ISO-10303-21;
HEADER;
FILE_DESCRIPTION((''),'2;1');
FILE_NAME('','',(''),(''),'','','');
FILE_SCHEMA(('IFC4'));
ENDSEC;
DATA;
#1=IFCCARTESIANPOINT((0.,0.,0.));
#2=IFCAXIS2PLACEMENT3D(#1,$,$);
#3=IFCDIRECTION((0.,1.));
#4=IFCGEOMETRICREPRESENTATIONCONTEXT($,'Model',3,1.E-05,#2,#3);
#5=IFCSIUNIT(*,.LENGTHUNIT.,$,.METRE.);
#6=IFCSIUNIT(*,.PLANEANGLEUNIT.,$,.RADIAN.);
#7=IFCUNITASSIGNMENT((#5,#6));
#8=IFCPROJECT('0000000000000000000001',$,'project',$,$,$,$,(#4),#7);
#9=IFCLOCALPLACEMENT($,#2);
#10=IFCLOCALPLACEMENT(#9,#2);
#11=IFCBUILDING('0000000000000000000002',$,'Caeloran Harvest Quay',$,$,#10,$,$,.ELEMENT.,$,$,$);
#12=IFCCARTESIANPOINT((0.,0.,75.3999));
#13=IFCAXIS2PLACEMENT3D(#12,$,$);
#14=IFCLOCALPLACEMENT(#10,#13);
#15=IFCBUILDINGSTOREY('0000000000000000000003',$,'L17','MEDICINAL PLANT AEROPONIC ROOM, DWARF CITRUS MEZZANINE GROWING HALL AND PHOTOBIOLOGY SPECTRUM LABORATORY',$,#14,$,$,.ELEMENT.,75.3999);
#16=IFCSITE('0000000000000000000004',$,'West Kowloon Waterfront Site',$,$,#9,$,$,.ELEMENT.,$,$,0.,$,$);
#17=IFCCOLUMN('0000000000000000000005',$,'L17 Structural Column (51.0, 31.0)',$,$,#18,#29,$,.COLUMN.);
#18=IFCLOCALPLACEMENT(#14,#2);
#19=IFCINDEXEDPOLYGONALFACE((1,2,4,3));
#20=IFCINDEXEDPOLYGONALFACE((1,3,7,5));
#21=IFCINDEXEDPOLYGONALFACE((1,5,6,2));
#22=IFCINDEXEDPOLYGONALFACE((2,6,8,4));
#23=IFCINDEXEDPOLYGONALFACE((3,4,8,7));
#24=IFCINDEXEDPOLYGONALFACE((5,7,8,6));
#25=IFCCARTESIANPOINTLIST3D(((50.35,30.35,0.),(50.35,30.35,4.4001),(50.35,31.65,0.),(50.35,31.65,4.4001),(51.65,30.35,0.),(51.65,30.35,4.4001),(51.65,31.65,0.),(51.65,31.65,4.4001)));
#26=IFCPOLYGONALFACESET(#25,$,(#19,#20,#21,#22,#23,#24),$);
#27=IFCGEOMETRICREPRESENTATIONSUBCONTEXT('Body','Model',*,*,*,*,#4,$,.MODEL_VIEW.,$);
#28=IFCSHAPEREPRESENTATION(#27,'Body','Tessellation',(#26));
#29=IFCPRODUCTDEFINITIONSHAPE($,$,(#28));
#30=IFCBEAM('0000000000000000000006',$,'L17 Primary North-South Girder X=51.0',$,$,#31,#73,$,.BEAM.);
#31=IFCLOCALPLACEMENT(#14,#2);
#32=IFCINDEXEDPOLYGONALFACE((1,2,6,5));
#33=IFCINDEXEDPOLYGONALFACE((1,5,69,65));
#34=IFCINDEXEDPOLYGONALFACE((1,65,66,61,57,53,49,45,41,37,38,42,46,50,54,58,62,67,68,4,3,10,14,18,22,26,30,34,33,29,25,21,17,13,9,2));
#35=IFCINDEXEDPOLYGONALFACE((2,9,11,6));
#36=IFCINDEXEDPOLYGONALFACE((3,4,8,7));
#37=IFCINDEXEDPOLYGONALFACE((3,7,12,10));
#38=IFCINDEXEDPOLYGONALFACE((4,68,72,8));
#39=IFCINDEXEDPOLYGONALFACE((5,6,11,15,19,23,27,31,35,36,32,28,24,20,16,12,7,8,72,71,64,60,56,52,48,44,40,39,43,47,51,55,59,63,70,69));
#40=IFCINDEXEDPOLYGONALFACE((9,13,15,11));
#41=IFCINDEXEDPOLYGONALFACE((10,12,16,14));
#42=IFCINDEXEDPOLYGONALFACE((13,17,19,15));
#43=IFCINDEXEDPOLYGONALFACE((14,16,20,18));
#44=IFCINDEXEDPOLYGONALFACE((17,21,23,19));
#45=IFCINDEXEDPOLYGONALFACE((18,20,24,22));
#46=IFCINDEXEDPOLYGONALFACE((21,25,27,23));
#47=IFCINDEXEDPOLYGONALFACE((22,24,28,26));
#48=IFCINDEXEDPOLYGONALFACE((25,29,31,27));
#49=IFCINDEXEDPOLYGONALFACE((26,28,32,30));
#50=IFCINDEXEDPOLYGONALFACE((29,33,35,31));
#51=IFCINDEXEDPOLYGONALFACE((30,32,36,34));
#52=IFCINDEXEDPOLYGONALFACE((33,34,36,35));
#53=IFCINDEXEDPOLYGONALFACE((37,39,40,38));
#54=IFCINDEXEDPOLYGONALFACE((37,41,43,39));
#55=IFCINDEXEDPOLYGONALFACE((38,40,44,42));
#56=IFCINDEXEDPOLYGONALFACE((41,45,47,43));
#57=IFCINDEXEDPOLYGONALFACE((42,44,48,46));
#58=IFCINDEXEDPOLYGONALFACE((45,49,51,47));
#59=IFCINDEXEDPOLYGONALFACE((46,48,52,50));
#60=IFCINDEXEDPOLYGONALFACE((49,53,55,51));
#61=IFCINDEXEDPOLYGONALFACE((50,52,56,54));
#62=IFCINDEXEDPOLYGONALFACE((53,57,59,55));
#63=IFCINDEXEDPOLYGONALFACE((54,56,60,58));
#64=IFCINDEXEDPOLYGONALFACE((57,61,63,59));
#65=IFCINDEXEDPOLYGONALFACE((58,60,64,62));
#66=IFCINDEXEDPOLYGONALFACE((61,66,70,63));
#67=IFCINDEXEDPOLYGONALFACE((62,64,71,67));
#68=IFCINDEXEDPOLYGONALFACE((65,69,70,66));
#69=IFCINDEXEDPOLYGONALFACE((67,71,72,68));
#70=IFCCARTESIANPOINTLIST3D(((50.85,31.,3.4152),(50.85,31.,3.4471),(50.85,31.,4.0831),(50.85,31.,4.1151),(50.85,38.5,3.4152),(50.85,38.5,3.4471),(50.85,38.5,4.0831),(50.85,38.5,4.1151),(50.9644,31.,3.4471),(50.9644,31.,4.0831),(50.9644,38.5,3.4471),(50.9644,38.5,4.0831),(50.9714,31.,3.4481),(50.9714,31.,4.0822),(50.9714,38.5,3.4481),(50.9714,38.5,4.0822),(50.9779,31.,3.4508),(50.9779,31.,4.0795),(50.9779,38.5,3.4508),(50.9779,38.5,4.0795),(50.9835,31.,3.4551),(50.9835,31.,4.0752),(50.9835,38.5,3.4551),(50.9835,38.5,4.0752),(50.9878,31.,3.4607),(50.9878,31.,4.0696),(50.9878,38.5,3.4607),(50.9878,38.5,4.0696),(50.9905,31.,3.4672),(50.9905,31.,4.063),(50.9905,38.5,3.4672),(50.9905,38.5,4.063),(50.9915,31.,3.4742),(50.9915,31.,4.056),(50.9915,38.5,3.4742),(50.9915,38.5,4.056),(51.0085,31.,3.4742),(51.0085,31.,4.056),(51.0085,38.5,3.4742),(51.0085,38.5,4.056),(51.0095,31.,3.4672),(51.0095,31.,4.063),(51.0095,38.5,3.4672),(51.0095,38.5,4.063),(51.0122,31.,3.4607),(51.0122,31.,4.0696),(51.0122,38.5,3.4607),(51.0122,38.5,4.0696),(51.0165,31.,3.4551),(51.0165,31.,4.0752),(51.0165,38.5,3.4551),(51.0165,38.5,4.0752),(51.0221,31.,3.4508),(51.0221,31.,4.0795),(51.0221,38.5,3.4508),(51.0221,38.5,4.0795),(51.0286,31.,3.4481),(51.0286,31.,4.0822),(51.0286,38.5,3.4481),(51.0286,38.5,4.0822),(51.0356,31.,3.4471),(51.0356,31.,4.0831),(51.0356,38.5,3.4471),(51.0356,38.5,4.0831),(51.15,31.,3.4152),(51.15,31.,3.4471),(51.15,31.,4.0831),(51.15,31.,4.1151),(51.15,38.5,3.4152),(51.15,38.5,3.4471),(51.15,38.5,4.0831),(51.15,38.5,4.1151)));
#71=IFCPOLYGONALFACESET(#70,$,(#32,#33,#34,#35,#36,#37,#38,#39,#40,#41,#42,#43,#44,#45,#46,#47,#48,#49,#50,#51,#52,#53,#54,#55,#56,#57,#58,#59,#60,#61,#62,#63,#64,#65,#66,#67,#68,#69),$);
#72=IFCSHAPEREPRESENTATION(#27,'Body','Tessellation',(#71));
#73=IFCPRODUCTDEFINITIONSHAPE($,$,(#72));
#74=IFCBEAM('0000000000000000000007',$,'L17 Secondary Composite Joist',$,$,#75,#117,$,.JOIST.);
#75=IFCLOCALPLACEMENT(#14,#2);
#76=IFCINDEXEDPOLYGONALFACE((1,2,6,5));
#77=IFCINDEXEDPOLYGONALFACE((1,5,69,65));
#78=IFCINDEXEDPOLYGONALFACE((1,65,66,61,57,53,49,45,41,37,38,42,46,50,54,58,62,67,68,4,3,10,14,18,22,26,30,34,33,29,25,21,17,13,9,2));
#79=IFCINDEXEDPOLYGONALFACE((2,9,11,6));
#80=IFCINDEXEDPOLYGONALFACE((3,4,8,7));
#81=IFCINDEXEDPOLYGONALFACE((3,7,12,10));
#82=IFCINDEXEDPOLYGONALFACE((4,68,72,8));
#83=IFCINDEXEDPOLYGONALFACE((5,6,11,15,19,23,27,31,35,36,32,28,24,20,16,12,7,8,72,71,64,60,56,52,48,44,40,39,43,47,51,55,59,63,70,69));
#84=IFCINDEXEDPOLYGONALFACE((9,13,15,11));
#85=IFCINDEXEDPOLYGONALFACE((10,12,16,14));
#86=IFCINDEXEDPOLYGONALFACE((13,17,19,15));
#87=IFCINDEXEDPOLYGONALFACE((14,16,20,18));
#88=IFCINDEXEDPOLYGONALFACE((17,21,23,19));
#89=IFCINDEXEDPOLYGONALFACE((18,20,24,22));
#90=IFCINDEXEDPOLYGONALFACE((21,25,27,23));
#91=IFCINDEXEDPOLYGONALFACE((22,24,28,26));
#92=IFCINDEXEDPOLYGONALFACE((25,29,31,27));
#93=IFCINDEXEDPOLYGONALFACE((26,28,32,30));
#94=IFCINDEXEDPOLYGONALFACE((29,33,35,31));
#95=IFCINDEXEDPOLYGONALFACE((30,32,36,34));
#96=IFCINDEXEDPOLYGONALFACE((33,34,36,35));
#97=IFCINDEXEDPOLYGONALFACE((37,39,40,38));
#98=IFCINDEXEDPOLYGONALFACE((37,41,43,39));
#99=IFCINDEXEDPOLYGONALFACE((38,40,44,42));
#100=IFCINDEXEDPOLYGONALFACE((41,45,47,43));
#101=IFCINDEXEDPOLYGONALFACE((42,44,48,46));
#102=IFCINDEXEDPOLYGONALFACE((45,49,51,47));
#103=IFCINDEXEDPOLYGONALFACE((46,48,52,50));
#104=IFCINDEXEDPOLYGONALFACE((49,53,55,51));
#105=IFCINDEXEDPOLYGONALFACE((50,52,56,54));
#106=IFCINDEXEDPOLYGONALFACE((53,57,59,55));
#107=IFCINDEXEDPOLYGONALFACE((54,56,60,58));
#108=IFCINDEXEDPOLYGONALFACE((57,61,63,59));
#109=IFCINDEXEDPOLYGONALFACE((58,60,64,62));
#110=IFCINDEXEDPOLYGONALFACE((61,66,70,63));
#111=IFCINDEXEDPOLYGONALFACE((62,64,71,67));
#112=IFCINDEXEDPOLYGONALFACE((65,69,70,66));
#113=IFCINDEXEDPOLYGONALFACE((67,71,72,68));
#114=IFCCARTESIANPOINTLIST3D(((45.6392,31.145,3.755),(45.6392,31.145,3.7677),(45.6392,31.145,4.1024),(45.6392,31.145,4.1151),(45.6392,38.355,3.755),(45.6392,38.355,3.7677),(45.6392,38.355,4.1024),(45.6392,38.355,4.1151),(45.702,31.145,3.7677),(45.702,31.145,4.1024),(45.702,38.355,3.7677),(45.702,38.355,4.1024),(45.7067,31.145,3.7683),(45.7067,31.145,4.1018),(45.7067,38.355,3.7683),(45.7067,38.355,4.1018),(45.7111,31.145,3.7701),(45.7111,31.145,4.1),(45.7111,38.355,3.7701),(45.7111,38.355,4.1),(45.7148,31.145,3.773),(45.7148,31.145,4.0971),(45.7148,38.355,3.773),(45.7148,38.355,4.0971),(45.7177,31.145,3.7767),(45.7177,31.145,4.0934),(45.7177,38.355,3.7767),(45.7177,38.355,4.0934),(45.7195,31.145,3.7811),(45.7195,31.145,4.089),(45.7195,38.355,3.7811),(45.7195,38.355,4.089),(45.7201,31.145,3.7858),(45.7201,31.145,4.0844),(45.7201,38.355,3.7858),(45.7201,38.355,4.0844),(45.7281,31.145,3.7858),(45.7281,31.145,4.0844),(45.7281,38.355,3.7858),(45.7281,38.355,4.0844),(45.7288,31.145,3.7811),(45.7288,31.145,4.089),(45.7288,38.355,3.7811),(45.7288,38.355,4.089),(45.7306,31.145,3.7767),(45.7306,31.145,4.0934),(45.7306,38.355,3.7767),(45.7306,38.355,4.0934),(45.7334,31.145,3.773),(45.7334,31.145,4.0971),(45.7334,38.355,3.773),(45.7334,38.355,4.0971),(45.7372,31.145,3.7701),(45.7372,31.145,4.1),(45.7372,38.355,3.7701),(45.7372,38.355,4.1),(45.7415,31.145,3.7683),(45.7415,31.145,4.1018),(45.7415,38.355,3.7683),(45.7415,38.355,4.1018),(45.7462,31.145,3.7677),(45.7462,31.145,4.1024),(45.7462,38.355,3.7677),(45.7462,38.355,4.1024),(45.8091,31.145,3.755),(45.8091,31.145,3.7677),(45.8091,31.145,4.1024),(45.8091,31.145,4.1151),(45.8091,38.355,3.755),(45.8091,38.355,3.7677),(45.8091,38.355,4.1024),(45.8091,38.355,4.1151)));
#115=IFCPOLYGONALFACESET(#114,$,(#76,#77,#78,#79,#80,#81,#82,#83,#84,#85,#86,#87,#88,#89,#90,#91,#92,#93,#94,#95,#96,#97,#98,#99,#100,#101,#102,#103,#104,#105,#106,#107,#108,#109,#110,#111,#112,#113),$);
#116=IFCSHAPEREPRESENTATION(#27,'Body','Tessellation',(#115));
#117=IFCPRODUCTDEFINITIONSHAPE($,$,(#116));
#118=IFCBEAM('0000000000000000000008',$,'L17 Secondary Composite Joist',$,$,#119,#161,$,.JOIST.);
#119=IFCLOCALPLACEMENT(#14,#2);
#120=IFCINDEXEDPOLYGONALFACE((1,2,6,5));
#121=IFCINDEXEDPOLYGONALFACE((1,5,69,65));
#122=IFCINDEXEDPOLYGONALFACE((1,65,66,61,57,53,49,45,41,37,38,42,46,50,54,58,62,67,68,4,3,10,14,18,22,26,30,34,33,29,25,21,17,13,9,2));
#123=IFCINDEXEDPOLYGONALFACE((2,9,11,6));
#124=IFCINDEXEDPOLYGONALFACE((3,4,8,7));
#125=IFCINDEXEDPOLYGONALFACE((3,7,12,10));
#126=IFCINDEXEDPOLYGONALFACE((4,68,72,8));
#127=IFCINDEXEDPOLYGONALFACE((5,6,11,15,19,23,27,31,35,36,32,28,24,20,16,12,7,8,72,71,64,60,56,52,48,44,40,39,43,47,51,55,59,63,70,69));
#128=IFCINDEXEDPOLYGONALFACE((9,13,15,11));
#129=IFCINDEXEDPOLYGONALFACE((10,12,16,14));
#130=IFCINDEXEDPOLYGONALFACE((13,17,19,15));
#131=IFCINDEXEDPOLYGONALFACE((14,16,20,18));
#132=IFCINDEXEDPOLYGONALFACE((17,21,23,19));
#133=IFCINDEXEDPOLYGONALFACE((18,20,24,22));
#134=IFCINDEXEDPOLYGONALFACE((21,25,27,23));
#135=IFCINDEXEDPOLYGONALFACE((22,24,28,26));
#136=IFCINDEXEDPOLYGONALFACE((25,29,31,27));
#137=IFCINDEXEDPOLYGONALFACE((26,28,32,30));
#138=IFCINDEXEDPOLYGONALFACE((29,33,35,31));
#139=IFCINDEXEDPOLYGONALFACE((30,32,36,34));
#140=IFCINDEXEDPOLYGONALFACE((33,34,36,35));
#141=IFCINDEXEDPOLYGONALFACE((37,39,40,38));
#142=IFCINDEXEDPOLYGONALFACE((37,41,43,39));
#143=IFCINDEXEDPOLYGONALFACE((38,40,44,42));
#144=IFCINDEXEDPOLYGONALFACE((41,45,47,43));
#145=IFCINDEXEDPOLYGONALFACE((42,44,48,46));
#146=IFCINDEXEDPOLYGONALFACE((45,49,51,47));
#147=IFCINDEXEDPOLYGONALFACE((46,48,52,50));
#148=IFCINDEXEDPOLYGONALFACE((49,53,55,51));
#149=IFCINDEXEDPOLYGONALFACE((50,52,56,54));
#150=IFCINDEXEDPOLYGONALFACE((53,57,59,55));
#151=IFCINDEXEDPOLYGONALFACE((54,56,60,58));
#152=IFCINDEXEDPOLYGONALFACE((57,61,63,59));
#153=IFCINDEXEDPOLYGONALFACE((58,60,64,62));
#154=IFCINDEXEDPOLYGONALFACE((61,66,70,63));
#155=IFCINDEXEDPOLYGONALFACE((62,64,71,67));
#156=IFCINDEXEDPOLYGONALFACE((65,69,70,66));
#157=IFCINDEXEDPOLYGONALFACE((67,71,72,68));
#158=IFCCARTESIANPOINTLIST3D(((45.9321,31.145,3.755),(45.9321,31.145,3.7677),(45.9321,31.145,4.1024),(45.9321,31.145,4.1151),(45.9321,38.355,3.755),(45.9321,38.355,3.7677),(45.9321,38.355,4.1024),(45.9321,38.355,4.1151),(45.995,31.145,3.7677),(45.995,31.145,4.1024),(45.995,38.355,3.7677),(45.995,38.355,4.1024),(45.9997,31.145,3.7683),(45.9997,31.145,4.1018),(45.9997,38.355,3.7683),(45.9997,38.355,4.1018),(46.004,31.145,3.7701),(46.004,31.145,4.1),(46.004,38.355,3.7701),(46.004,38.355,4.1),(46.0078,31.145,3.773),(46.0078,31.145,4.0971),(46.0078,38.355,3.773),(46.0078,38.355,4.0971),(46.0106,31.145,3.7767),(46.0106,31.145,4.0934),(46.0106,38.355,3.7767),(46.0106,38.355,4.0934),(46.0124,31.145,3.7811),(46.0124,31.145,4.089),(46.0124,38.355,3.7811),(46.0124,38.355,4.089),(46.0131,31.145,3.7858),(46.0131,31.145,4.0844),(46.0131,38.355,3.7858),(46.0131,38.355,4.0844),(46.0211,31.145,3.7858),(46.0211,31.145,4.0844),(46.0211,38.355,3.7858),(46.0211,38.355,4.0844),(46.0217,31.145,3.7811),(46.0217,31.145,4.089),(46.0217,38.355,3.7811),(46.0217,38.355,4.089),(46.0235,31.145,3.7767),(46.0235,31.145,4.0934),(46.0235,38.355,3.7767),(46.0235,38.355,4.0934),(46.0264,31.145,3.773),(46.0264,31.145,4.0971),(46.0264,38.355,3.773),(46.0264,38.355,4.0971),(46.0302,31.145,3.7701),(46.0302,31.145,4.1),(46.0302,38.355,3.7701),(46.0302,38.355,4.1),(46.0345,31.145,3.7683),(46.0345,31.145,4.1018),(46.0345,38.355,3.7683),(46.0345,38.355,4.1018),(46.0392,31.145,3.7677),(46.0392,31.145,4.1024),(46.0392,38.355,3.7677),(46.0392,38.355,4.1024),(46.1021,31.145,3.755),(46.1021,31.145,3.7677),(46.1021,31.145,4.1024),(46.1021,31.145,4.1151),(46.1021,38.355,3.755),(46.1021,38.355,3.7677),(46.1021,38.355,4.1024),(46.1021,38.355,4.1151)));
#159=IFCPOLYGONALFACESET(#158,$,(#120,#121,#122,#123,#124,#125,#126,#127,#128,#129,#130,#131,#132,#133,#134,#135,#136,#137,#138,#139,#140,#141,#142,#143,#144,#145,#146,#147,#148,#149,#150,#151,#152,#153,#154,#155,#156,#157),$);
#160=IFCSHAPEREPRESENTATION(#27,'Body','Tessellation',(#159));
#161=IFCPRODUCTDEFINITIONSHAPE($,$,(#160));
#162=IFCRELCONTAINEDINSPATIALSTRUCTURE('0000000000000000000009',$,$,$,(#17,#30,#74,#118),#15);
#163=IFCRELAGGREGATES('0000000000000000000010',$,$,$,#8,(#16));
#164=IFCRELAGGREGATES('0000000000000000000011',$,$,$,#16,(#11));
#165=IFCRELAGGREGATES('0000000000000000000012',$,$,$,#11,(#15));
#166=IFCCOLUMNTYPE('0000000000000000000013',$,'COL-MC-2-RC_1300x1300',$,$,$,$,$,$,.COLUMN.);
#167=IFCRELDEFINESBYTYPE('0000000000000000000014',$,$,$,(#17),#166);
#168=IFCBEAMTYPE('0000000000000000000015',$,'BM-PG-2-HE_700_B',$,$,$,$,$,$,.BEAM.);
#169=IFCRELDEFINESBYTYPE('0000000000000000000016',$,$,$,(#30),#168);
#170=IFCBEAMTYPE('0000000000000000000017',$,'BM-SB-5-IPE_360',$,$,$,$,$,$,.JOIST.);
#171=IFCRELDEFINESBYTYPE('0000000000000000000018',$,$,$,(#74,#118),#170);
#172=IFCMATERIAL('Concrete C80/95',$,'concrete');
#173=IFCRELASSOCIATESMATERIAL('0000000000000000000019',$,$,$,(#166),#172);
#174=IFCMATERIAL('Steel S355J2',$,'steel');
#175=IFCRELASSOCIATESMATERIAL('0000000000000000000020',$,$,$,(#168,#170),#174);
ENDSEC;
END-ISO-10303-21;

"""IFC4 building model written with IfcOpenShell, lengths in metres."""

from ifc_helpers import new_model, si_unit, direction, frame, origin, origin_2d, place, context, subcontext, project, spatial, rectangle, i_section, extrude, material, material_profile, profile_set, type_object, element, save


model = new_model("IFC4")

# Units and contexts
model_context = context("Model", 3, precision=1e-05, world=origin(), true_north=direction((0.0, 1.0)))
body_context = subcontext(model_context, "Body", "Model", "MODEL_VIEW")
ifc_project = project(units=[si_unit("LENGTHUNIT", "METRE"), si_unit("PLANEANGLEUNIT", "RADIAN")], contexts=[model_context])

# Site, building, storey
site_placement = place(None, origin())
site = spatial("IfcSite", under=ifc_project, at=site_placement, Name="West Kowloon Waterfront Site", CompositionType="ELEMENT", RefElevation=0.0)
building_placement = place(site_placement, origin())
building = spatial("IfcBuilding", under=site, at=building_placement, Name="Caeloran Harvest Quay", CompositionType="ELEMENT")
storey_placement = place(building_placement, frame((0.0, 0.0, 75.3999)))
storey = spatial("IfcBuildingStorey", under=building, at=storey_placement, Name="L17", Description="MEDICINAL PLANT AEROPONIC ROOM, DWARF CITRUS MEZZANINE GROWING HALL AND PHOTOBIOLOGY SPECTRUM LABORATORY", CompositionType="ELEMENT", Elevation=75.3999)

# Column
ifc_material_1 = material(Name="Concrete C80/95", Category="concrete")
ifc_material_profile_1 = material_profile(ifc_material_1, rectangle(XDim=1.3, YDim=1.3, at=origin_2d()), Name="RC 1300x1300")
ifc_profile_set_1 = profile_set([ifc_material_profile_1], Name="Concrete C80/95")
column_type = type_object("IfcColumnType", Name="COL-MC-2-RC_1300x1300", PredefinedType="COLUMN", material=ifc_profile_set_1)
column_placement = place(storey_placement, frame((51.0, 31.0, 0.0), z_axis=(0.0, 0.0, 1.0), x_axis=(1.0, 0.0, 0.0)))
element("IfcColumn", 1, at=column_placement, inside=storey, type_object=column_type, Name="L17 Structural Column (51.0, 31.0)", PredefinedType="COLUMN", context=body_context, shape_type="SweptSolid", body=[
    extrude(rectangle(XDim=1.3, YDim=1.3, at=origin_2d()), origin(), (0.0, 0.0, 1.0), 4.4001),
])

# Beams
ifc_material_2 = material(Name="Steel S355J2", Category="steel")
ifc_material_profile_2 = material_profile(ifc_material_2, i_section(OverallWidth=0.3, OverallDepth=0.7, WebThickness=0.0171, FlangeThickness=0.032, FilletRadius=0.0271, at=origin_2d()), Name="HE 700 B")
ifc_profile_set_2 = profile_set([ifc_material_profile_2], Name="Steel S355J2")
beam_type_1 = type_object("IfcBeamType", Name="BM-PG-2-HE_700_B", PredefinedType="BEAM", material=ifc_profile_set_2)
beam_placement = place(storey_placement, frame((51.0, 31.0, 3.7651), z_axis=(0.0, 1.0, 0.0), x_axis=(-1.0, 0.0, 0.0)))
element("IfcBeam", 2, at=beam_placement, inside=storey, type_object=beam_type_1, Name="L17 Primary North-South Girder X=51.0", PredefinedType="BEAM", context=body_context, shape_type="SweptSolid", body=[
    extrude(i_section(OverallWidth=0.3, OverallDepth=0.7, WebThickness=0.0171, FlangeThickness=0.032, FilletRadius=0.0271, at=origin_2d()), origin(), (0.0, 0.0, 1.0), 7.5),
])
ifc_material_profile_3 = material_profile(ifc_material_2, i_section(OverallWidth=0.1699, OverallDepth=0.3601, WebThickness=0.0081, FlangeThickness=0.0127, FilletRadius=0.0181, at=origin_2d()), Name="IPE 360")
ifc_profile_set_3 = profile_set([ifc_material_profile_3], Name="Steel S355J2")
beam_type_2 = type_object("IfcBeamType", Name="BM-SB-5-IPE_360", PredefinedType="JOIST", material=ifc_profile_set_3)
for number, where, z_axis, x_axis, name in (
    (3, (45.7241, 31.145, 3.9351), (0.0, 1.0, 0.0), (-1.0, 0.0, 0.0), "L17 Secondary Composite Joist"),
    (4, (46.0171, 31.145, 3.9351), (0.0, 1.0, 0.0), (-1.0, 0.0, 0.0), "L17 Secondary Composite Joist"),
):
    element("IfcBeam", number, at=place(storey_placement, frame(where, z_axis=z_axis, x_axis=x_axis)), inside=storey, type_object=beam_type_2, Name=name, PredefinedType="JOIST", context=body_context, shape_type="SweptSolid", body=[
        extrude(i_section(OverallWidth=0.1699, OverallDepth=0.3601, WebThickness=0.0081, FlangeThickness=0.0127, FilletRadius=0.0181, at=origin_2d()), origin(), (0.0, 0.0, 1.0), 7.21),
    ])

save(model, "model.ifc")
